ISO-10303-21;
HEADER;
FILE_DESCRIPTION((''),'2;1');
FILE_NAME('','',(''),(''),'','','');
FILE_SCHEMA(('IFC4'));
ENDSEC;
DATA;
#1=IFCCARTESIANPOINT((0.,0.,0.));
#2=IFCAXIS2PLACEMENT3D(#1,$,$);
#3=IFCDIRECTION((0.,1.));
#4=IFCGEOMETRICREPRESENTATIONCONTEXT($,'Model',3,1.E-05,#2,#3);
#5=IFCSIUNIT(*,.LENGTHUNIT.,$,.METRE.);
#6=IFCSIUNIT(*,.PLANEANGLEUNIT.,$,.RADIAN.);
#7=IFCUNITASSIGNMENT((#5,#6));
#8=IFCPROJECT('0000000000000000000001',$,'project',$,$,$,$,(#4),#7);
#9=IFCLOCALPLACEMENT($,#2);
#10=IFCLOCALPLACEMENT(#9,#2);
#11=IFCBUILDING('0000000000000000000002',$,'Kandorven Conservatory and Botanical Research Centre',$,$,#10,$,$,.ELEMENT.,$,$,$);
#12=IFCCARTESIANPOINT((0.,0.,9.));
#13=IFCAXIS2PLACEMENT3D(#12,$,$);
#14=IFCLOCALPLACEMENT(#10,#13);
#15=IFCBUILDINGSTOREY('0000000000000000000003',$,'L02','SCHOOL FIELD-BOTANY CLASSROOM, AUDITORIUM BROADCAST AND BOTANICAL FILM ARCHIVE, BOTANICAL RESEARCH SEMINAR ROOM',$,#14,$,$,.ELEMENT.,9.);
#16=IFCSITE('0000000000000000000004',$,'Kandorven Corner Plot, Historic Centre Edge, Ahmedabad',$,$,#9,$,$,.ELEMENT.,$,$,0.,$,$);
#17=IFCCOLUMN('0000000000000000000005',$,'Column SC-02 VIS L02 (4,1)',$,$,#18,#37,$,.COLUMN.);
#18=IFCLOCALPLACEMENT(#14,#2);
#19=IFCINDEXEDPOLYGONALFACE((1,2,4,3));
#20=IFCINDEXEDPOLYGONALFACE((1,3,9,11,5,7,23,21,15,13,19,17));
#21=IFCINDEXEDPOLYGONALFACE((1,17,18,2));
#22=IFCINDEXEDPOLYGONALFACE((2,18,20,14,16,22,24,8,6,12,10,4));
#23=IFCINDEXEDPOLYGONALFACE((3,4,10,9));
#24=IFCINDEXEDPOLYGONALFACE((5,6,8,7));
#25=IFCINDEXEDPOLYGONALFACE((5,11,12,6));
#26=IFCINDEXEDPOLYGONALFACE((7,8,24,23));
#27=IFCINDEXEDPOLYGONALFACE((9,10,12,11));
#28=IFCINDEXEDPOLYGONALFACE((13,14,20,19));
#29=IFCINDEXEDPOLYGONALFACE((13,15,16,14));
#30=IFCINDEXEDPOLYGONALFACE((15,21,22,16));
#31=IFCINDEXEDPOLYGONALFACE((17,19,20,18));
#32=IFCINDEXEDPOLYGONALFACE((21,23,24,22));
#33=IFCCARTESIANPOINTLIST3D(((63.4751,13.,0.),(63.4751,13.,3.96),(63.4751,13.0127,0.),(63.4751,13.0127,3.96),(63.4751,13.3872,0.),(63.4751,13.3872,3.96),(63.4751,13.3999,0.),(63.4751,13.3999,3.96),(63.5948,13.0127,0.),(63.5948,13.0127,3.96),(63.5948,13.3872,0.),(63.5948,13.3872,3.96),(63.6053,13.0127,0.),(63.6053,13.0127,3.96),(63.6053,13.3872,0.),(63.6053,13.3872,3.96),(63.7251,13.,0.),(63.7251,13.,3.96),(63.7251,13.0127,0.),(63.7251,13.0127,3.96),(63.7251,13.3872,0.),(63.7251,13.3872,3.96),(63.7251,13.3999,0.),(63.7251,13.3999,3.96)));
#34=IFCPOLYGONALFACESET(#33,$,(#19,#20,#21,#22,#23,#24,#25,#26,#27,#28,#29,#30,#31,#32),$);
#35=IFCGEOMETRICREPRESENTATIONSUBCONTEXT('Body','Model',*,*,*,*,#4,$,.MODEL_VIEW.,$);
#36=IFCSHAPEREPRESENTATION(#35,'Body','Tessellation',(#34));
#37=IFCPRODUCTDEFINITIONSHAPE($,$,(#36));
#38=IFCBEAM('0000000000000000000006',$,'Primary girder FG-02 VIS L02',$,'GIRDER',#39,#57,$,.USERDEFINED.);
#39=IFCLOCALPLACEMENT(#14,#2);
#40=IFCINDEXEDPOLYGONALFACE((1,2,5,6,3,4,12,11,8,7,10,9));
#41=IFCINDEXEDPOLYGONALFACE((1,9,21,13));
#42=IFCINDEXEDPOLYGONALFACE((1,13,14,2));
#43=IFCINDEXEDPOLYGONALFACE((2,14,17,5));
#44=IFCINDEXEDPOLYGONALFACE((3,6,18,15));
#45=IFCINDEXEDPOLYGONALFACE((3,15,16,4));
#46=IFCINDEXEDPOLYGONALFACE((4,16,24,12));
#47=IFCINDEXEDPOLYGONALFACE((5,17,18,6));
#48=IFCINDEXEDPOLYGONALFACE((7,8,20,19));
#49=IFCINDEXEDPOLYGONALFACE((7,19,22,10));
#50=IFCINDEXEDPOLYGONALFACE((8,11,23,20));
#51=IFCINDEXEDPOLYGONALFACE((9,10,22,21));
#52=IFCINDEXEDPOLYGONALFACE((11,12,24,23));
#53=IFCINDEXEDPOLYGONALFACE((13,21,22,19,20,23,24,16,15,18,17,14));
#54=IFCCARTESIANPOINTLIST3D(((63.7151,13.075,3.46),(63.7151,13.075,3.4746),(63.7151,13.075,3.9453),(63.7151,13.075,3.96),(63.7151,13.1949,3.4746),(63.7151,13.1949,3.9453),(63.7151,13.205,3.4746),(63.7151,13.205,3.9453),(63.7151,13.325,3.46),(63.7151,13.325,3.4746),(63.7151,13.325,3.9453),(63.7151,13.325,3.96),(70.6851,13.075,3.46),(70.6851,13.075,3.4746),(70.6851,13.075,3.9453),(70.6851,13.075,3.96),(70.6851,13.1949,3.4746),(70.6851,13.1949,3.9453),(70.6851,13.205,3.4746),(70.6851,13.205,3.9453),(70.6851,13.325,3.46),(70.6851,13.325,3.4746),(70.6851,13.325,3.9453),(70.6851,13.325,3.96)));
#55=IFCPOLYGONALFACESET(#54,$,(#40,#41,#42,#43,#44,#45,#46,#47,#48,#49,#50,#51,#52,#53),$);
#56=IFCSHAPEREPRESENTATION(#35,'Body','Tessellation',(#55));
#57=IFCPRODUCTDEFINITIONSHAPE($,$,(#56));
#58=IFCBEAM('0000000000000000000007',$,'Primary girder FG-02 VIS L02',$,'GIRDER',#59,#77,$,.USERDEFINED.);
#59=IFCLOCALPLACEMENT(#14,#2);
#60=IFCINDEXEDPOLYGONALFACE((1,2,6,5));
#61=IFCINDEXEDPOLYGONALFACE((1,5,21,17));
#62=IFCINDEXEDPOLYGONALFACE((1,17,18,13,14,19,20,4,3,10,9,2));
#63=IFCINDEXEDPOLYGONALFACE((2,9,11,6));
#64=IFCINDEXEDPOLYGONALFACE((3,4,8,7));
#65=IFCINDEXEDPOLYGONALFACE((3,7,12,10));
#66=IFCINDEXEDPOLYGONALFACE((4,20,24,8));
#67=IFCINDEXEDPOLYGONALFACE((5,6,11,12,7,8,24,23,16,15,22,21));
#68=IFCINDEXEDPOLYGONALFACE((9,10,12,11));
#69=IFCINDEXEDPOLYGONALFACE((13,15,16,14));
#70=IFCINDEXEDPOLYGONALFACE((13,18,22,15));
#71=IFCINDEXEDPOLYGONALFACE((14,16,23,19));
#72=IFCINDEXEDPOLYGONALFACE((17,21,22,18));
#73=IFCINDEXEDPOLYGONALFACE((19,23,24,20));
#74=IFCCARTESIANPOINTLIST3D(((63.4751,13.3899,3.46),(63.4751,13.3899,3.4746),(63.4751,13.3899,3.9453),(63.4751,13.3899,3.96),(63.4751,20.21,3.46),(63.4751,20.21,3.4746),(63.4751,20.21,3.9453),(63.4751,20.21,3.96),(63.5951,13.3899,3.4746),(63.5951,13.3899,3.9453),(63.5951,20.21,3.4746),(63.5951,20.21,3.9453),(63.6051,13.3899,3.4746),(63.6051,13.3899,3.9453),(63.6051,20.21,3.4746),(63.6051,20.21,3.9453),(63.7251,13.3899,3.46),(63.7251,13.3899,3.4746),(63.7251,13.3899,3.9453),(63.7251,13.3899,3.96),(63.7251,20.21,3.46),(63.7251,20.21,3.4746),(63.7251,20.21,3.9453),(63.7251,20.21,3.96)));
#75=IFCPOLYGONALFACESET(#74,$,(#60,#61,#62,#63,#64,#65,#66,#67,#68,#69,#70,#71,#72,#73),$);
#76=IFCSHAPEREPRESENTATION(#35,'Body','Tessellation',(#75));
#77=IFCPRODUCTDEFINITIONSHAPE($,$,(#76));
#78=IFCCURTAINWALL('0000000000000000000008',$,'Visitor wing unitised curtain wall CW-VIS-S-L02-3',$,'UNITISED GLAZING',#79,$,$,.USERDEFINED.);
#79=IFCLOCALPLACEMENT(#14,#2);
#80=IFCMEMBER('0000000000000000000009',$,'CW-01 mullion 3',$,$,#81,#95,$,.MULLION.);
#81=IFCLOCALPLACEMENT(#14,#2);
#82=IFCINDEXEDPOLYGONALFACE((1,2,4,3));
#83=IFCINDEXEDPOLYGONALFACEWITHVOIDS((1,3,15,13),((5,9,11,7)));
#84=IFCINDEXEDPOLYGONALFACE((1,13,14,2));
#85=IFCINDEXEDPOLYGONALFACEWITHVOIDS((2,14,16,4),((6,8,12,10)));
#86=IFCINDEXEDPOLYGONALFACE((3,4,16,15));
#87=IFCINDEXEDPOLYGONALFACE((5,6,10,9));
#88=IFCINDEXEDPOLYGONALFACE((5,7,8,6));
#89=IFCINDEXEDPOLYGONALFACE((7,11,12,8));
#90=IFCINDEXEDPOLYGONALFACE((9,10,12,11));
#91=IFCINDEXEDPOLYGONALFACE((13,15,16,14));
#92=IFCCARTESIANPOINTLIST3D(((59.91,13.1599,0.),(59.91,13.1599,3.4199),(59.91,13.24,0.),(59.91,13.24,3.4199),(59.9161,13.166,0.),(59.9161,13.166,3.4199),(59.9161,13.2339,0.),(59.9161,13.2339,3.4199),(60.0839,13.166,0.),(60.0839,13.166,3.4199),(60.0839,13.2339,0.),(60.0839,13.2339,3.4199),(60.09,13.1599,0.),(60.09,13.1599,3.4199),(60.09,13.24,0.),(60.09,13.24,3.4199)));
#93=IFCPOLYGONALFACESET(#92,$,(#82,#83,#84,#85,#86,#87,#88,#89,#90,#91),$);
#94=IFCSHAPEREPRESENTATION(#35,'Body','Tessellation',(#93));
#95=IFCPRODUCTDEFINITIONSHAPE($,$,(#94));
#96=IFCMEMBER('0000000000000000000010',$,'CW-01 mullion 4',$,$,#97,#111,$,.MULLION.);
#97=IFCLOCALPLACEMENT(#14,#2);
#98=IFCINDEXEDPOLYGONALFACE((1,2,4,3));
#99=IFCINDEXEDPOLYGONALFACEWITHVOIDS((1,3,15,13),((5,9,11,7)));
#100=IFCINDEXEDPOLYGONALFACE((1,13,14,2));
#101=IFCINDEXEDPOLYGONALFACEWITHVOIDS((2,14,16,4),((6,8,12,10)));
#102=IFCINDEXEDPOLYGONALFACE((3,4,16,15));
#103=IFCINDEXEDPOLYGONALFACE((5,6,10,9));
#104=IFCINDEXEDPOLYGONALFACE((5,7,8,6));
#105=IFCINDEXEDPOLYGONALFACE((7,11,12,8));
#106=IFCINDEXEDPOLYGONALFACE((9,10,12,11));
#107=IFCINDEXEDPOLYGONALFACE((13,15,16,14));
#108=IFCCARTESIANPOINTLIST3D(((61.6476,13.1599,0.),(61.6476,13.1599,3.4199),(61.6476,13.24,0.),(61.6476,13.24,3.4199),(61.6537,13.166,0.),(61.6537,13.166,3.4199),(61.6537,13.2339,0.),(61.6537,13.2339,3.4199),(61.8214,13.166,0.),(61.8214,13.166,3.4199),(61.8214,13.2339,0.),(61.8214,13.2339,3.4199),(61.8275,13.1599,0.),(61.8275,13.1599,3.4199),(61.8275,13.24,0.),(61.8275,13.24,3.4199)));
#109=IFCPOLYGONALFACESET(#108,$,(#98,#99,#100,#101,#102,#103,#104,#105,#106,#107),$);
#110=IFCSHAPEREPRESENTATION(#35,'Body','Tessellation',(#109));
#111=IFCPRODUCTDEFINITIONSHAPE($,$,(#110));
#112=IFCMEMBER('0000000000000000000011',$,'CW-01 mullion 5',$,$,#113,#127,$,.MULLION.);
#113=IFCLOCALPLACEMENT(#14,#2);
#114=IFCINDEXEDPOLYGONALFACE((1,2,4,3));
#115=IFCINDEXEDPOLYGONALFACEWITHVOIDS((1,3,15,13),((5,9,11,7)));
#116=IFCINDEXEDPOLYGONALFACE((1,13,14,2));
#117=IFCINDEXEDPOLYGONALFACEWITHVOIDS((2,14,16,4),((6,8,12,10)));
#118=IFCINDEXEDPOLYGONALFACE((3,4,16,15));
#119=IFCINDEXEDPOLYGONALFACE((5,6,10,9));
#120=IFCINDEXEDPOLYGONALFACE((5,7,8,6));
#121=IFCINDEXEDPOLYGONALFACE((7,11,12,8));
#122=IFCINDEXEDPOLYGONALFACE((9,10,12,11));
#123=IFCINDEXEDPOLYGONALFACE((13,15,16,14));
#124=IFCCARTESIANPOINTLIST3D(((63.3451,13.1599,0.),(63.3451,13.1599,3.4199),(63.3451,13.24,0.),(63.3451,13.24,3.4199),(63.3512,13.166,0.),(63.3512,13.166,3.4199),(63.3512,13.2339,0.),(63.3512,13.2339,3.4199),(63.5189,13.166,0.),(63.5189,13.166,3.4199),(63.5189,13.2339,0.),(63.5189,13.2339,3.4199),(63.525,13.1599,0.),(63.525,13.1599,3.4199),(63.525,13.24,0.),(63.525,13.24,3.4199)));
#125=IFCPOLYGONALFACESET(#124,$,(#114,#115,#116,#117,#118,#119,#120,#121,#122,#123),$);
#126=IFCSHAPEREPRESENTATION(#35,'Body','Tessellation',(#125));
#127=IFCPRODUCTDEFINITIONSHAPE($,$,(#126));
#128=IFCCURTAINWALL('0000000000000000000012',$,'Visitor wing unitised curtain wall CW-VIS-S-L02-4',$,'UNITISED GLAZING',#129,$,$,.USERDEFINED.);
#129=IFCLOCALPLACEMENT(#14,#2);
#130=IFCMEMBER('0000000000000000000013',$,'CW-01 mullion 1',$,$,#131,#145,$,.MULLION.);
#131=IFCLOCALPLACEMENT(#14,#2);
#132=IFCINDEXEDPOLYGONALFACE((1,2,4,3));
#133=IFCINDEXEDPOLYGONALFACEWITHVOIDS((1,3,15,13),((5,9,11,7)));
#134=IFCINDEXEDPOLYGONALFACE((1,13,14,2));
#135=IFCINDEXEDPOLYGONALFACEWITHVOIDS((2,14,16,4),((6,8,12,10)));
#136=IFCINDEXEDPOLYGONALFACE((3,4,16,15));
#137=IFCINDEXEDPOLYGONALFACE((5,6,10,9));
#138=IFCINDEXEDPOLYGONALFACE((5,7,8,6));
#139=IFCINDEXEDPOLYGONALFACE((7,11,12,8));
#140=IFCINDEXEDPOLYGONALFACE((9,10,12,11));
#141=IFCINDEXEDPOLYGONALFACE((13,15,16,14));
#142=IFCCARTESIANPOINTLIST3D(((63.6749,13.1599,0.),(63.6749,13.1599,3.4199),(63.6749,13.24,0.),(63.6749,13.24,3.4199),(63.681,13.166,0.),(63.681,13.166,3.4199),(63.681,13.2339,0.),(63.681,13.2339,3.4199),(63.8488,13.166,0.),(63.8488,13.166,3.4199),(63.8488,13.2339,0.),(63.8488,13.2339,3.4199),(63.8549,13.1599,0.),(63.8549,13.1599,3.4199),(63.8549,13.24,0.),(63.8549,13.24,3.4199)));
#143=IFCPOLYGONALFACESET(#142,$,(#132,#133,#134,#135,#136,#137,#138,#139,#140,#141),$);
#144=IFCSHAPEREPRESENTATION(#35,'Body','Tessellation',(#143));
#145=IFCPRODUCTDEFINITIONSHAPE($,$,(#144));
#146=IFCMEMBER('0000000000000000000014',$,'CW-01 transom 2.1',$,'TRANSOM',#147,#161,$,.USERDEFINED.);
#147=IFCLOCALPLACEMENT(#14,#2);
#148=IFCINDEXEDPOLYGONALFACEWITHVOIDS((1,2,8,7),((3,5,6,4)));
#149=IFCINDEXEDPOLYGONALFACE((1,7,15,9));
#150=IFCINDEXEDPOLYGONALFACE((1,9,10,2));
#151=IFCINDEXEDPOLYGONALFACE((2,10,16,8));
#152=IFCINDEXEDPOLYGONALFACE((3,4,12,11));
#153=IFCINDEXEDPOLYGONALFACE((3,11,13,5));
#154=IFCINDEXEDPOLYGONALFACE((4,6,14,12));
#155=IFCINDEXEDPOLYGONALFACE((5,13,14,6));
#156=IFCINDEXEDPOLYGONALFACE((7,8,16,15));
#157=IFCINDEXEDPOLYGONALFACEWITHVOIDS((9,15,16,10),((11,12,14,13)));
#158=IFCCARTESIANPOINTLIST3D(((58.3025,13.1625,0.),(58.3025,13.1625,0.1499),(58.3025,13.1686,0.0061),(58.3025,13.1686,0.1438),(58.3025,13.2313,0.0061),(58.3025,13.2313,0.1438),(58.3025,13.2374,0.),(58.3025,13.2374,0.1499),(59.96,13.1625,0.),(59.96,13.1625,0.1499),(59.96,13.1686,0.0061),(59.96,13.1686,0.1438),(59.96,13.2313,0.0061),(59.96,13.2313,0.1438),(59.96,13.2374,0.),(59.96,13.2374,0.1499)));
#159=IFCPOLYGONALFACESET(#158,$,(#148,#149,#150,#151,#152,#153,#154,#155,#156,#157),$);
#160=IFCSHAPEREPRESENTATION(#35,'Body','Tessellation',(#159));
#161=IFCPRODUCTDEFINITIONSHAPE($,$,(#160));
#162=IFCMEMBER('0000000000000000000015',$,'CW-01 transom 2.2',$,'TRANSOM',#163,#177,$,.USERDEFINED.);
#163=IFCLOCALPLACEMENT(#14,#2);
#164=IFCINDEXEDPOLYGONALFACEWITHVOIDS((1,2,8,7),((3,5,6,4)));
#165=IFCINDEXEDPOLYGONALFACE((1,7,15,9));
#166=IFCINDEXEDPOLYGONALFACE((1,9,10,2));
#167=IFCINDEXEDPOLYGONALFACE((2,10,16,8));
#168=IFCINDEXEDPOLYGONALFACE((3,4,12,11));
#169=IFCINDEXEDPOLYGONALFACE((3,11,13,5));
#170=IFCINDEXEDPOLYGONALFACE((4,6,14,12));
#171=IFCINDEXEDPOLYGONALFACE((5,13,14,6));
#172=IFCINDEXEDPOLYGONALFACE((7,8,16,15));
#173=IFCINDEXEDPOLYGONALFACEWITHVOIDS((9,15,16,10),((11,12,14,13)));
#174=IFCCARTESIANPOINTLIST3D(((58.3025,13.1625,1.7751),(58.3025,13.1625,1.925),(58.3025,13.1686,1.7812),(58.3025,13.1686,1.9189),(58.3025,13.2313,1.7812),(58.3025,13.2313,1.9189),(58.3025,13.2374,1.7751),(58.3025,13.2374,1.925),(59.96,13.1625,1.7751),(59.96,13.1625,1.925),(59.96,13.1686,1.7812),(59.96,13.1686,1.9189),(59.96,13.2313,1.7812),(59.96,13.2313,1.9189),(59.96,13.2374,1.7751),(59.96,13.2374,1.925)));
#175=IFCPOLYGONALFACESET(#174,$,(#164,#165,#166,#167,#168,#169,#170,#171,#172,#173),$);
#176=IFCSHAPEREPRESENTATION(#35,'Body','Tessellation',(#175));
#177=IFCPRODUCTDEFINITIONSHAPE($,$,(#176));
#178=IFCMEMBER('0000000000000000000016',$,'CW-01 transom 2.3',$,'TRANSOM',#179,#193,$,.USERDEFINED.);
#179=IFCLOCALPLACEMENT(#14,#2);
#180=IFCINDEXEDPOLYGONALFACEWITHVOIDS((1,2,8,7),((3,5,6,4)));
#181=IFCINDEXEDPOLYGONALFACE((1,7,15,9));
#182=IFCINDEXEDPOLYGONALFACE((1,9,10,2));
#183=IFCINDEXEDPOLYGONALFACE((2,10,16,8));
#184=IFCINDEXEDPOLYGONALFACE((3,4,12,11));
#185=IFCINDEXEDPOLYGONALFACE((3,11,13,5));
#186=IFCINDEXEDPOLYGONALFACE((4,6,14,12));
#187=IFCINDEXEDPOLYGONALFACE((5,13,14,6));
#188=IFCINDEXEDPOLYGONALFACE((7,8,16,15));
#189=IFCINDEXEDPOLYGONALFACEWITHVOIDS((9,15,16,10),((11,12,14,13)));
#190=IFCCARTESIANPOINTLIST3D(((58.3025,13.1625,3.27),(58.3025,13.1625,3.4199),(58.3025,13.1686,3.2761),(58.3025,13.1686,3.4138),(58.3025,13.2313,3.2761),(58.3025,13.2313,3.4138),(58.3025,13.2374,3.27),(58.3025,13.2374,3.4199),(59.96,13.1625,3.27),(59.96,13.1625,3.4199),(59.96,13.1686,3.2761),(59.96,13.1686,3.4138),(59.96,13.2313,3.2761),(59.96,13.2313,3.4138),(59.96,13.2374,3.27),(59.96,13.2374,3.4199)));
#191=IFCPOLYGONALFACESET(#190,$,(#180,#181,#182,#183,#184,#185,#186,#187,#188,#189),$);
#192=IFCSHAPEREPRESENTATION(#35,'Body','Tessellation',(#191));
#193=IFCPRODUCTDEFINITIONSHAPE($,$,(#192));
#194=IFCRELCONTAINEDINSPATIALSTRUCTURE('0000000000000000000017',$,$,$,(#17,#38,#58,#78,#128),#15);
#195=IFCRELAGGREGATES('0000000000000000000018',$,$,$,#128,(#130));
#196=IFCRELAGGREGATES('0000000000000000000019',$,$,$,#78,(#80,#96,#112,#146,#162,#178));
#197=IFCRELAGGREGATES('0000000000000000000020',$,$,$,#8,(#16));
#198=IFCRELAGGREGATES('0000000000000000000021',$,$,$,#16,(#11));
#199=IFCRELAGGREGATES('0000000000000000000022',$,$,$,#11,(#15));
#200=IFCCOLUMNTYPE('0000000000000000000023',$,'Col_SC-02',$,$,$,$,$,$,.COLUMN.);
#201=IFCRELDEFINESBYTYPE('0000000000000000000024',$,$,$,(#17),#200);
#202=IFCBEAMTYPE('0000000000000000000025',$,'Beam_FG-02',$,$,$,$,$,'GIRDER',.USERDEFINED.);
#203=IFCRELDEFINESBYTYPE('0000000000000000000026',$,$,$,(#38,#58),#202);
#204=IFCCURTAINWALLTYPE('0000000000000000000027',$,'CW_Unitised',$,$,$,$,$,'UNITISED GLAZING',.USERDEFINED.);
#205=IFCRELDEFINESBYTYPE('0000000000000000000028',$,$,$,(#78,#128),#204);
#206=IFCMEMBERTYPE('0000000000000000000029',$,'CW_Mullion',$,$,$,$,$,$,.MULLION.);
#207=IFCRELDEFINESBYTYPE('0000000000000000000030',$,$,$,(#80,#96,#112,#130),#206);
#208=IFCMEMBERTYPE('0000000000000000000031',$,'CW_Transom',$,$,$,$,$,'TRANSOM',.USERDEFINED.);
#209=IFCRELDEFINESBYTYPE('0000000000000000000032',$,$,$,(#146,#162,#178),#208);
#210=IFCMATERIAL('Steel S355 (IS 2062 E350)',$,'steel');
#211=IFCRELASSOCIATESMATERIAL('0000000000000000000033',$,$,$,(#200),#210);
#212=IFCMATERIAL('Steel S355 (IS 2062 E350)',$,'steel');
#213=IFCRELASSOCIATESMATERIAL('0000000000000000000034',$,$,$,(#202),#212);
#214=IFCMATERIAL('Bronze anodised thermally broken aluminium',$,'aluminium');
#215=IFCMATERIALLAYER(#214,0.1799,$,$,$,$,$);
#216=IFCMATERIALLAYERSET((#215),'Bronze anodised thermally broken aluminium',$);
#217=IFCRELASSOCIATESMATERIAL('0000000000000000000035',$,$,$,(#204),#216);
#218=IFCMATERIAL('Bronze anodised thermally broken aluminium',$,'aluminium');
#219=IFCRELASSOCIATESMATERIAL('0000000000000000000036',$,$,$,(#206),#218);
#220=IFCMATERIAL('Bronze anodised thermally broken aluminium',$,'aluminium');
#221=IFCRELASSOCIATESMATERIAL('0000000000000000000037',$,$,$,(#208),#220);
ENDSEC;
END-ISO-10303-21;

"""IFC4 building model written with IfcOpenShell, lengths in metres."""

from ifc_helpers import new_model, si_unit, direction, frame, origin, origin_2d, place, context, subcontext, project, spatial, hollow_rectangle, i_section, extrude, material, layer, layer_set, material_profile, profile_set, type_object, element, aggregate, save


model = new_model("IFC4")

# Units and contexts
model_context = context("Model", 3, precision=1e-05, world=origin(), true_north=direction((0.0, 1.0)))
body_context = subcontext(model_context, "Body", "Model", "MODEL_VIEW")
ifc_project = project(units=[si_unit("LENGTHUNIT", "METRE"), si_unit("PLANEANGLEUNIT", "RADIAN")], contexts=[model_context])

# Site, building, storey
site_placement = place(None, origin())
site = spatial("IfcSite", under=ifc_project, at=site_placement, Name="Kandorven Corner Plot, Historic Centre Edge, Ahmedabad", CompositionType="ELEMENT", RefElevation=0.0)
building_placement = place(site_placement, origin())
building = spatial("IfcBuilding", under=site, at=building_placement, Name="Kandorven Conservatory and Botanical Research Centre", CompositionType="ELEMENT")
storey_placement = place(building_placement, frame((0.0, 0.0, 9.0)))
storey = spatial("IfcBuildingStorey", under=building, at=storey_placement, Name="L02", Description="SCHOOL FIELD-BOTANY CLASSROOM, AUDITORIUM BROADCAST AND BOTANICAL FILM ARCHIVE, BOTANICAL RESEARCH SEMINAR ROOM", CompositionType="ELEMENT", Elevation=9.0)

# Column
ifc_material_1 = material(Name="Steel S355 (IS 2062 E350)", Category="steel")
ifc_material_profile_1 = material_profile(ifc_material_1, i_section(OverallWidth=0.25, OverallDepth=0.3999, WebThickness=0.0105, FlangeThickness=0.0127, at=origin_2d()))
ifc_profile_set_1 = profile_set([ifc_material_profile_1], Name="Steel S355 (IS 2062 E350)")
column_type = type_object("IfcColumnType", Name="Col_SC-02", PredefinedType="COLUMN", material=ifc_profile_set_1)
column_placement = place(storey_placement, frame((63.6001, 13.2, 0.0), z_axis=(0.0, 0.0, 1.0), x_axis=(1.0, 0.0, 0.0)))
element("IfcColumn", 1, at=column_placement, inside=storey, type_object=column_type, Name="Column SC-02 VIS L02 (4,1)", PredefinedType="COLUMN", context=body_context, shape_type="SweptSolid", body=[
    extrude(i_section(OverallWidth=0.25, OverallDepth=0.3999, WebThickness=0.0105, FlangeThickness=0.0127, at=origin_2d()), origin(), (0.0, 0.0, 1.0), 3.96),
])

# Beams
ifc_material_2 = material(Name="Steel S355 (IS 2062 E350)", Category="steel")
ifc_material_profile_2 = material_profile(ifc_material_2, i_section(OverallWidth=0.25, OverallDepth=0.5, WebThickness=0.01, FlangeThickness=0.0146, at=origin_2d()))
ifc_profile_set_2 = profile_set([ifc_material_profile_2], Name="Steel S355 (IS 2062 E350)")
beam_type = type_object("IfcBeamType", Name="Beam_FG-02", ElementType="GIRDER", PredefinedType="USERDEFINED", material=ifc_profile_set_2)
beam_1_placement = place(storey_placement, frame((63.7151, 13.2, 3.71), z_axis=(1.0, 0.0, 0.0), x_axis=(0.0, 1.0, 0.0)))
element("IfcBeam", 2, at=beam_1_placement, inside=storey, type_object=beam_type, Name="Primary girder FG-02 VIS L02", ObjectType="GIRDER", PredefinedType="USERDEFINED", context=body_context, shape_type="SweptSolid", body=[
    extrude(i_section(OverallWidth=0.25, OverallDepth=0.5, WebThickness=0.01, FlangeThickness=0.0146, at=origin_2d()), origin(), (0.0, 0.0, 1.0), 6.97),
])
beam_2_placement = place(storey_placement, frame((63.6001, 13.3899, 3.71), z_axis=(0.0, 1.0, 0.0), x_axis=(-1.0, 0.0, 0.0)))
element("IfcBeam", 3, at=beam_2_placement, inside=storey, type_object=beam_type, Name="Primary girder FG-02 VIS L02", ObjectType="GIRDER", PredefinedType="USERDEFINED", context=body_context, shape_type="SweptSolid", body=[
    extrude(i_section(OverallWidth=0.25, OverallDepth=0.5, WebThickness=0.01, FlangeThickness=0.0146, at=origin_2d()), origin(), (0.0, 0.0, 1.0), 6.8201),
])

# Curtain wall, members
ifc_material_3 = material(Name="Bronze anodised thermally broken aluminium", Category="aluminium")
ifc_layer_1 = layer(ifc_material_3, 0.1799)
ifc_layer_set_1 = layer_set([ifc_layer_1], Name="Bronze anodised thermally broken aluminium")
curtain_wall_type = type_object("IfcCurtainWallType", Name="CW_Unitised", ElementType="UNITISED GLAZING", PredefinedType="USERDEFINED", material=ifc_layer_set_1)
curtain_wall_1_placement = place(storey_placement, origin())
curtain_wall_1 = element("IfcCurtainWall", 4, at=curtain_wall_1_placement, inside=storey, type_object=curtain_wall_type, Name="Visitor wing unitised curtain wall CW-VIS-S-L02-3", ObjectType="UNITISED GLAZING", PredefinedType="USERDEFINED")
ifc_material_4 = material(Name="Bronze anodised thermally broken aluminium", Category="aluminium")
ifc_material_profile_3 = material_profile(ifc_material_4, hollow_rectangle(XDim=0.0801, YDim=0.1799, WallThickness=0.0061, at=origin_2d()))
ifc_profile_set_3 = profile_set([ifc_material_profile_3], Name="Bronze anodised thermally broken aluminium")
member_type_1 = type_object("IfcMemberType", Name="CW_Mullion", PredefinedType="MULLION", material=ifc_profile_set_3)
member_1_placement = place(storey_placement, frame((60.0, 13.2, 0.0), z_axis=(0.0, 0.0, 1.0), x_axis=(0.0, 1.0, 0.0)))
member_1 = element("IfcMember", 5, at=member_1_placement, type_object=member_type_1, Name="CW-01 mullion 3", PredefinedType="MULLION", context=body_context, shape_type="SweptSolid", body=[
    extrude(hollow_rectangle(XDim=0.0801, YDim=0.1799, WallThickness=0.0061, at=origin_2d()), origin(), (0.0, 0.0, 1.0), 3.4199),
])
member_2_placement = place(storey_placement, frame((61.7375, 13.2, 0.0), z_axis=(0.0, 0.0, 1.0), x_axis=(0.0, 1.0, 0.0)))
member_2 = element("IfcMember", 6, at=member_2_placement, type_object=member_type_1, Name="CW-01 mullion 4", PredefinedType="MULLION", context=body_context, shape_type="SweptSolid", body=[
    extrude(hollow_rectangle(XDim=0.0801, YDim=0.1799, WallThickness=0.0061, at=origin_2d()), origin(), (0.0, 0.0, 1.0), 3.4199),
])
member_3_placement = place(storey_placement, frame((63.4351, 13.2, 0.0), z_axis=(0.0, 0.0, 1.0), x_axis=(0.0, 1.0, 0.0)))
member_3 = element("IfcMember", 7, at=member_3_placement, type_object=member_type_1, Name="CW-01 mullion 5", PredefinedType="MULLION", context=body_context, shape_type="SweptSolid", body=[
    extrude(hollow_rectangle(XDim=0.0801, YDim=0.1799, WallThickness=0.0061, at=origin_2d()), origin(), (0.0, 0.0, 1.0), 3.4199),
])

# Curtain wall, member
curtain_wall_2_placement = place(storey_placement, origin())
curtain_wall_2 = element("IfcCurtainWall", 8, at=curtain_wall_2_placement, inside=storey, type_object=curtain_wall_type, Name="Visitor wing unitised curtain wall CW-VIS-S-L02-4", ObjectType="UNITISED GLAZING", PredefinedType="USERDEFINED")
member_4_placement = place(storey_placement, frame((63.7649, 13.2, 0.0), z_axis=(0.0, 0.0, 1.0), x_axis=(0.0, 1.0, 0.0)))
member_4 = element("IfcMember", 9, at=member_4_placement, type_object=member_type_1, Name="CW-01 mullion 1", PredefinedType="MULLION", context=body_context, shape_type="SweptSolid", body=[
    extrude(hollow_rectangle(XDim=0.0801, YDim=0.1799, WallThickness=0.0061, at=origin_2d()), origin(), (0.0, 0.0, 1.0), 3.4199),
])
aggregate(curtain_wall_2, [member_4])

# Members
ifc_material_5 = material(Name="Bronze anodised thermally broken aluminium", Category="aluminium")
ifc_material_profile_4 = material_profile(ifc_material_5, hollow_rectangle(XDim=0.075, YDim=0.1499, WallThickness=0.0061, at=origin_2d()))
ifc_profile_set_4 = profile_set([ifc_material_profile_4], Name="Bronze anodised thermally broken aluminium")
member_type_2 = type_object("IfcMemberType", Name="CW_Transom", ElementType="TRANSOM", PredefinedType="USERDEFINED", material=ifc_profile_set_4)
member_5_placement = place(storey_placement, frame((58.3025, 13.2, 0.075), z_axis=(1.0, 0.0, 0.0), x_axis=(0.0, 1.0, 0.0)))
member_5 = element("IfcMember", 10, at=member_5_placement, type_object=member_type_2, Name="CW-01 transom 2.1", ObjectType="TRANSOM", PredefinedType="USERDEFINED", context=body_context, shape_type="SweptSolid", body=[
    extrude(hollow_rectangle(XDim=0.075, YDim=0.1499, WallThickness=0.0061, at=origin_2d()), origin(), (0.0, 0.0, 1.0), 1.6575),
])
member_6_placement = place(storey_placement, frame((58.3025, 13.2, 1.8501), z_axis=(1.0, 0.0, 0.0), x_axis=(0.0, 1.0, 0.0)))
member_6 = element("IfcMember", 11, at=member_6_placement, type_object=member_type_2, Name="CW-01 transom 2.2", ObjectType="TRANSOM", PredefinedType="USERDEFINED", context=body_context, shape_type="SweptSolid", body=[
    extrude(hollow_rectangle(XDim=0.075, YDim=0.1499, WallThickness=0.0061, at=origin_2d()), origin(), (0.0, 0.0, 1.0), 1.6575),
])
member_7_placement = place(storey_placement, frame((58.3025, 13.2, 3.345), z_axis=(1.0, 0.0, 0.0), x_axis=(0.0, 1.0, 0.0)))
member_7 = element("IfcMember", 12, at=member_7_placement, type_object=member_type_2, Name="CW-01 transom 2.3", ObjectType="TRANSOM", PredefinedType="USERDEFINED", context=body_context, shape_type="SweptSolid", body=[
    extrude(hollow_rectangle(XDim=0.075, YDim=0.1499, WallThickness=0.0061, at=origin_2d()), origin(), (0.0, 0.0, 1.0), 1.6575),
])

aggregate(curtain_wall_1, [member_1, member_2, member_3, member_5, member_6, member_7])

save(model, "model.ifc")
